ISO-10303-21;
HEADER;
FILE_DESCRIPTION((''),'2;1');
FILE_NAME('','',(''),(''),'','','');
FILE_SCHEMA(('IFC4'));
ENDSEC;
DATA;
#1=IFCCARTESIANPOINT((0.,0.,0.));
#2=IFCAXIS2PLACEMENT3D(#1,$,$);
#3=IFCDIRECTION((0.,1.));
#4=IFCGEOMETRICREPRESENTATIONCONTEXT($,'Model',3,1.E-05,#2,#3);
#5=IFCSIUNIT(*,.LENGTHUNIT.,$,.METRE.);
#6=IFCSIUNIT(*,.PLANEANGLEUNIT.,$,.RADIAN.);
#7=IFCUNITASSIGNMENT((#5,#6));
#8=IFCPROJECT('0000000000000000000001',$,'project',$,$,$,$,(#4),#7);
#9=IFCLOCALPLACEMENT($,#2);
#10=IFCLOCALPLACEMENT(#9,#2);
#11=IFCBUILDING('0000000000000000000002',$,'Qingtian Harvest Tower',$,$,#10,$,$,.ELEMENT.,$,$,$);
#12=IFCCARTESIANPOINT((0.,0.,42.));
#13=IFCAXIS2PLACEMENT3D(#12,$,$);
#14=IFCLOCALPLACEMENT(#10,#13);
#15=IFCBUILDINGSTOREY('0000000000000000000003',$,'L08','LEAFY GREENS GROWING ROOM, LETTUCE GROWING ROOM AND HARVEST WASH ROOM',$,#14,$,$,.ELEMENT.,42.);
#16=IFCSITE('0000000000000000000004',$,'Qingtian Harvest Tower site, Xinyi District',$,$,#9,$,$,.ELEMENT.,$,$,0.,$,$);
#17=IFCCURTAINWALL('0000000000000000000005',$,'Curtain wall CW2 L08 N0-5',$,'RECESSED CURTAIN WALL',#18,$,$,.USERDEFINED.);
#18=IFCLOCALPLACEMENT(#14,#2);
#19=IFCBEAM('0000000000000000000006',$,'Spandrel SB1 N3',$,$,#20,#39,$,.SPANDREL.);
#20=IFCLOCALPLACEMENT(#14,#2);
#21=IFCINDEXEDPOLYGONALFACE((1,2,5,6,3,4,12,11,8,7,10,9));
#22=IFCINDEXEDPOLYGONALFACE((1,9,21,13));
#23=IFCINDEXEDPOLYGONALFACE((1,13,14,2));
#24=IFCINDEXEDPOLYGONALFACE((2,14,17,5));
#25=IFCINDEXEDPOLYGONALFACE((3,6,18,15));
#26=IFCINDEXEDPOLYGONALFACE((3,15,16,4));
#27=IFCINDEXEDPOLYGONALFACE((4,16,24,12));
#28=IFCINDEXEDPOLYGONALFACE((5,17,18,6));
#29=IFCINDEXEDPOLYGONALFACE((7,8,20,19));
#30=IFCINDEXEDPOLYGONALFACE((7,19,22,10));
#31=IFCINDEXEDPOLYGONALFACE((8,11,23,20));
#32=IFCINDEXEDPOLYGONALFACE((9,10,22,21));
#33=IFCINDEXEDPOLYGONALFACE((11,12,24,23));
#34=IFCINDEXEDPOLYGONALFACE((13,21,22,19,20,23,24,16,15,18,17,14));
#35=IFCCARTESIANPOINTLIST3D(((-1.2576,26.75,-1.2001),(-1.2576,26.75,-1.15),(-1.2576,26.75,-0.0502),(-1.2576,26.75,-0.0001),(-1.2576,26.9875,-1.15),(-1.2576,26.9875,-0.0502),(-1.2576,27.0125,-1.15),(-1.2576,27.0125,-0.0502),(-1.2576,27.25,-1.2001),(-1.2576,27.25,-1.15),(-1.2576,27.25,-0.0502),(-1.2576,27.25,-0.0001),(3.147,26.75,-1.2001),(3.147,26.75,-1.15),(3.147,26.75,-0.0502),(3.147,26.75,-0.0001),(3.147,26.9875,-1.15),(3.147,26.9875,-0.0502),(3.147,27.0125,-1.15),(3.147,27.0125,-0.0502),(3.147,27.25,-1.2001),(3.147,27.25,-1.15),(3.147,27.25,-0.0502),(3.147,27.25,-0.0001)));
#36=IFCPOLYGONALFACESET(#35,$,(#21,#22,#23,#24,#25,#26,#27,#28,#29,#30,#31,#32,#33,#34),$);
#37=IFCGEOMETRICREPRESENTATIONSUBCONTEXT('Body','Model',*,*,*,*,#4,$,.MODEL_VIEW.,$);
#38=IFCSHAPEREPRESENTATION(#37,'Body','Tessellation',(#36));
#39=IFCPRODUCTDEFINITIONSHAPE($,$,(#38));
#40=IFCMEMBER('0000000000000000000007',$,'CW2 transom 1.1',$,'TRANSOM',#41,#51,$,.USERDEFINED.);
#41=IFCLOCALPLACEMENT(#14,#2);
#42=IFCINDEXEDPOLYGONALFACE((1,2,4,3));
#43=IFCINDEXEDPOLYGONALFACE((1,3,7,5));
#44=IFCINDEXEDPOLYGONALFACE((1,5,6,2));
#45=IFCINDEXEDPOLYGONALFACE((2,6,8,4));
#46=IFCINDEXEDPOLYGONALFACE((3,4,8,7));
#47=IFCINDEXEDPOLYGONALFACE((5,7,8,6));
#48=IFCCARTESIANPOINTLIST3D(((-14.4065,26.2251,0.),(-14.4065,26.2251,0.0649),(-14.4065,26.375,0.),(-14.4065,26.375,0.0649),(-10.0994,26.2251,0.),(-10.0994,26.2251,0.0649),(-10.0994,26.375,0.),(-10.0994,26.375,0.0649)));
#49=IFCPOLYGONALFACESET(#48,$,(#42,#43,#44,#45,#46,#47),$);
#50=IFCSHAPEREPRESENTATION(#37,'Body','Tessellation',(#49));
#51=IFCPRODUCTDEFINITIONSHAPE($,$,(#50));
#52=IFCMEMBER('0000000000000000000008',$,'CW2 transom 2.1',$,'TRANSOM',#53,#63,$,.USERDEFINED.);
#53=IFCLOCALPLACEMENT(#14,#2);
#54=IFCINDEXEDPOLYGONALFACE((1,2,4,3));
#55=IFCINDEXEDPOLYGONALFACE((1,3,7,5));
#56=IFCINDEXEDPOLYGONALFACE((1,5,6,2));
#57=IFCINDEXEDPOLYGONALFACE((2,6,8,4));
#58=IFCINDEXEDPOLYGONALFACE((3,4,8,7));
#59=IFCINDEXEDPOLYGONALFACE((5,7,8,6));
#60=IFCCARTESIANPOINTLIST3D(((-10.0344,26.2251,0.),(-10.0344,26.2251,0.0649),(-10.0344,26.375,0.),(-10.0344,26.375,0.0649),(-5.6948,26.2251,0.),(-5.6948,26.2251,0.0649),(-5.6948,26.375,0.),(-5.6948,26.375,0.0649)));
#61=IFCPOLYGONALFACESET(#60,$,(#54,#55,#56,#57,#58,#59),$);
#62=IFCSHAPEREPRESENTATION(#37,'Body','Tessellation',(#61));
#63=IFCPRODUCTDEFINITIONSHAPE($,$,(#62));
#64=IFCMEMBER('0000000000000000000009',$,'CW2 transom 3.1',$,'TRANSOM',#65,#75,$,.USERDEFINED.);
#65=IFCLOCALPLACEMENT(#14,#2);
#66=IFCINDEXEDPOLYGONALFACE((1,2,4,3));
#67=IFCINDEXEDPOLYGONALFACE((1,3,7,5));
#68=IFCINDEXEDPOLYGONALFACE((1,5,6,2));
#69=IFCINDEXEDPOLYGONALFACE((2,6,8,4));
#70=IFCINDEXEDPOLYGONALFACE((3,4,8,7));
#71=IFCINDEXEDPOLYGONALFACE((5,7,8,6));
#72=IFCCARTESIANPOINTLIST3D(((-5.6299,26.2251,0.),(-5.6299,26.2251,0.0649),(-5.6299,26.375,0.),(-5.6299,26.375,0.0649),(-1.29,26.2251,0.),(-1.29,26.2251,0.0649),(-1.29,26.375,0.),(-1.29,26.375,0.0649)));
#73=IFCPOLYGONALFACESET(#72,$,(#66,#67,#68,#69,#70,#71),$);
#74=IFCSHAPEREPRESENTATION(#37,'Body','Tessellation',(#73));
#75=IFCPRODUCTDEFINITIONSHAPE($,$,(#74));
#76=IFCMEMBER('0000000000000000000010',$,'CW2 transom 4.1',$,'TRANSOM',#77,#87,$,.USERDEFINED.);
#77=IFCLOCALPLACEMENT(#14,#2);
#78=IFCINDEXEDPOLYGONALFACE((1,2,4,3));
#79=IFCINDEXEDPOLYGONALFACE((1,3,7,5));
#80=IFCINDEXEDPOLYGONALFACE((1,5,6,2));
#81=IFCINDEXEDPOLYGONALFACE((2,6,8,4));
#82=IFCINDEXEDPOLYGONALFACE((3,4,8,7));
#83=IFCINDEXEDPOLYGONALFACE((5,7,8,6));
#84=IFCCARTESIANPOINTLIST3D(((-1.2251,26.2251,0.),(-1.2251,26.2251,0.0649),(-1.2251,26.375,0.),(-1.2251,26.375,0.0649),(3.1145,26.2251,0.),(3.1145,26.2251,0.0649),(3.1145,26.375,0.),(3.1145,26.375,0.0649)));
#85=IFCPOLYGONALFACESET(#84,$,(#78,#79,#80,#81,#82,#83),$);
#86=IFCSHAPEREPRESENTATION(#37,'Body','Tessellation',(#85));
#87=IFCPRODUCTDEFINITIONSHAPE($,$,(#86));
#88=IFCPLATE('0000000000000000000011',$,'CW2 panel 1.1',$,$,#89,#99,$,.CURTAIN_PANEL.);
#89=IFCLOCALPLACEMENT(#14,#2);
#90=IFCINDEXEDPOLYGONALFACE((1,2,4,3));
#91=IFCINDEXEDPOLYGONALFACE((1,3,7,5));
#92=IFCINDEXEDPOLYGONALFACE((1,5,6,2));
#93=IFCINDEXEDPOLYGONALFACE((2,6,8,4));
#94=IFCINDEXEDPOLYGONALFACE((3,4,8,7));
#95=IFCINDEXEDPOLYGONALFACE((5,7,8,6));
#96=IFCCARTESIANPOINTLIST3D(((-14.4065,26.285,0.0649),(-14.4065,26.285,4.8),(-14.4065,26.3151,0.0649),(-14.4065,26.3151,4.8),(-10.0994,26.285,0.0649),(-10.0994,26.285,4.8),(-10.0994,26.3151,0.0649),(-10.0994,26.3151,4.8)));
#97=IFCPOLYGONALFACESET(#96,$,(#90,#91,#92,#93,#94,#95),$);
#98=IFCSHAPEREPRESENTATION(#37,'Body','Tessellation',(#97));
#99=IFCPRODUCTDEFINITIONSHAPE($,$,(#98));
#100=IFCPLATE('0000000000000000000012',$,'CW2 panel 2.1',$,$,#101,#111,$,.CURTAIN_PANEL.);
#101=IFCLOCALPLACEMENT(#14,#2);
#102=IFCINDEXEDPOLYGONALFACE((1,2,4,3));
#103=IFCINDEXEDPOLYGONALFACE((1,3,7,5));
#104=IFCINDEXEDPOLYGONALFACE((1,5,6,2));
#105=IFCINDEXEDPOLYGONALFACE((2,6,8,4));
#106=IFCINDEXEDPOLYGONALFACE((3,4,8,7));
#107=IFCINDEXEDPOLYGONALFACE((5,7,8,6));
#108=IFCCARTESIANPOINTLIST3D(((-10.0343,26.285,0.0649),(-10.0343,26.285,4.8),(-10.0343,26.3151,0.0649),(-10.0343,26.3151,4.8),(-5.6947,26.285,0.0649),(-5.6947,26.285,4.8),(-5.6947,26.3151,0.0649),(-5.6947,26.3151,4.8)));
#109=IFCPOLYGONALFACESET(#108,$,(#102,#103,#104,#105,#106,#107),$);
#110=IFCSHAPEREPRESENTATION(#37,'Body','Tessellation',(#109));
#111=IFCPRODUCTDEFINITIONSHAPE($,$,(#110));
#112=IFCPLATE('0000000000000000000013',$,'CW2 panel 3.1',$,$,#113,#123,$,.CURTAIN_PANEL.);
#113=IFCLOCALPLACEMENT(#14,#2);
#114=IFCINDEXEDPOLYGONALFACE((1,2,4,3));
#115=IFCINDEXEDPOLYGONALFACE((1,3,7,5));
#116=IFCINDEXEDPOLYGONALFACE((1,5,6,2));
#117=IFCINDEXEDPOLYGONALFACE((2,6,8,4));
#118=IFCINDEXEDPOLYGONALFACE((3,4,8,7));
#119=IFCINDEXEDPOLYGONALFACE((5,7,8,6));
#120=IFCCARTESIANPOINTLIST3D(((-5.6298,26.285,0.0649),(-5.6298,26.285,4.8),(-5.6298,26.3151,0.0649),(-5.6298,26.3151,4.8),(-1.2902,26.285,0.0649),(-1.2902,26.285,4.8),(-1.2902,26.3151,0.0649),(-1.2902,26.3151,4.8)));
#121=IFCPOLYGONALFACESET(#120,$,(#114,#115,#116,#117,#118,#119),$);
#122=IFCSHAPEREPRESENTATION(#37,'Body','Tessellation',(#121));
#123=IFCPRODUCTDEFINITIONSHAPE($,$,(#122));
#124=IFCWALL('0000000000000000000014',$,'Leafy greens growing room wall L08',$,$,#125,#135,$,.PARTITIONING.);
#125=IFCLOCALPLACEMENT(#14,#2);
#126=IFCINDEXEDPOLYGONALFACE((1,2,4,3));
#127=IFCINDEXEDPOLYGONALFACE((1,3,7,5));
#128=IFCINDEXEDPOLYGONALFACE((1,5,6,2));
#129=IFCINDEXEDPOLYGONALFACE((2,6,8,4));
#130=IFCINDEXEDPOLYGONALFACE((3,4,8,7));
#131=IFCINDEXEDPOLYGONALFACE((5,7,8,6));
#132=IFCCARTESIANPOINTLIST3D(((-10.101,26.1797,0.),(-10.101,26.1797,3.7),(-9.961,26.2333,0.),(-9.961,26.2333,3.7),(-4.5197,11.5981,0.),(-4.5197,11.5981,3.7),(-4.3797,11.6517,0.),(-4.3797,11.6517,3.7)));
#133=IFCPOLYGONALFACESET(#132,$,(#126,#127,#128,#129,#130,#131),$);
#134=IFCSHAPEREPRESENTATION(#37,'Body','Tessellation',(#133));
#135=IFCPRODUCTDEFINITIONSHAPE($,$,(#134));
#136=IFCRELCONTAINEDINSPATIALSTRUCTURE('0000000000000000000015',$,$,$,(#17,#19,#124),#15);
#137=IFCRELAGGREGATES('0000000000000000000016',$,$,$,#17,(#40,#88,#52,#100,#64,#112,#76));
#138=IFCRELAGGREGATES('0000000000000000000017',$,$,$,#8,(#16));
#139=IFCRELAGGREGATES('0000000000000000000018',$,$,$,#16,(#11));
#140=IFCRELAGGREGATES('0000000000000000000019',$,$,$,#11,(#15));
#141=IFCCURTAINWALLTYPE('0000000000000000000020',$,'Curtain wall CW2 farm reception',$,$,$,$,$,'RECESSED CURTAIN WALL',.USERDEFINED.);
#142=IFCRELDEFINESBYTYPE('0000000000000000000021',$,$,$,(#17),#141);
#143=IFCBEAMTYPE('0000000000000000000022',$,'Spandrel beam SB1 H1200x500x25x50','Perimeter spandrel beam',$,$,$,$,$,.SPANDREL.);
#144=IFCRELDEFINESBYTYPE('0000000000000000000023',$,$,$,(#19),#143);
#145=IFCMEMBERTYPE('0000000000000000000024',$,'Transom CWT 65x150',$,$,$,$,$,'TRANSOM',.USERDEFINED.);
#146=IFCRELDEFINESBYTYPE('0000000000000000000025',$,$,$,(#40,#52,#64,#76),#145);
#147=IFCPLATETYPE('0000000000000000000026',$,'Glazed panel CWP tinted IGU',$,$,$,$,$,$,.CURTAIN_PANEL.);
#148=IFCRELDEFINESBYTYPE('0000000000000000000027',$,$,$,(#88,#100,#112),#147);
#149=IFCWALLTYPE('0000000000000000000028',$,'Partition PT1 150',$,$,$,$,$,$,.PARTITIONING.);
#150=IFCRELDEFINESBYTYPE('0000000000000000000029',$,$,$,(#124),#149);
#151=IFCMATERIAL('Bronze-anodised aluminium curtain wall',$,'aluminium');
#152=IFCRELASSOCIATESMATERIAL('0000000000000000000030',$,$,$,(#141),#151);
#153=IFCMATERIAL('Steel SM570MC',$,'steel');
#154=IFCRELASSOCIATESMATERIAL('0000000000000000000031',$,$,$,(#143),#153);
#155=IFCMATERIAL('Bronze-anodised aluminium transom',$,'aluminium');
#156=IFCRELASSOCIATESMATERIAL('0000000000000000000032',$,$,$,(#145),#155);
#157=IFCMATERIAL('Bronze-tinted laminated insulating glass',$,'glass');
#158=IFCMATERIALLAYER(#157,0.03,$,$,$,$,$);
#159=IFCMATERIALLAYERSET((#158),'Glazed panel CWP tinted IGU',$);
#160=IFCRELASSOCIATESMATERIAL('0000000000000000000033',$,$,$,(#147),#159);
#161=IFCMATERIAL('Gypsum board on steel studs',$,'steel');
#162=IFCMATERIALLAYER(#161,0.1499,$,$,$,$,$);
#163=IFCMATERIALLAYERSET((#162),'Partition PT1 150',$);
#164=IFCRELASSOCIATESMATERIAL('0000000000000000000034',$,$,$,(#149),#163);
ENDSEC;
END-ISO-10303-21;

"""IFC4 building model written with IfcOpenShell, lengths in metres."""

from ifc_helpers import new_model, si_unit, direction, frame, frame_2d, origin, origin_2d, place, context, subcontext, project, spatial, rectangle, i_section, extrude, material, layer, layer_set, material_profile, profile_set, type_object, element, aggregate, save


model = new_model("IFC4")

# Units and contexts
model_context = context("Model", 3, precision=1e-05, world=origin(), true_north=direction((0.0, 1.0)))
body_context = subcontext(model_context, "Body", "Model", "MODEL_VIEW")
ifc_project = project(units=[si_unit("LENGTHUNIT", "METRE"), si_unit("PLANEANGLEUNIT", "RADIAN")], contexts=[model_context])

# Site, building, storey
site_placement = place(None, origin())
site = spatial("IfcSite", under=ifc_project, at=site_placement, Name="Qingtian Harvest Tower site, Xinyi District", CompositionType="ELEMENT", RefElevation=0.0)
building_placement = place(site_placement, origin())
building = spatial("IfcBuilding", under=site, at=building_placement, Name="Qingtian Harvest Tower", CompositionType="ELEMENT")
storey_placement = place(building_placement, frame((0.0, 0.0, 42.0)))
storey = spatial("IfcBuildingStorey", under=building, at=storey_placement, Name="L08", Description="LEAFY GREENS GROWING ROOM, LETTUCE GROWING ROOM AND HARVEST WASH ROOM", CompositionType="ELEMENT", Elevation=42.0)

# Curtain wall
ifc_material_1 = material(Name="Bronze-anodised aluminium curtain wall", Category="aluminium")
curtain_wall_type = type_object("IfcCurtainWallType", Name="Curtain wall CW2 farm reception", ElementType="RECESSED CURTAIN WALL", PredefinedType="USERDEFINED", material=ifc_material_1)
curtain_wall_1_placement = place(storey_placement, origin())
curtain_wall_1 = element("IfcCurtainWall", 1, at=curtain_wall_1_placement, inside=storey, type_object=curtain_wall_type, Name="Curtain wall CW2 L08 N0-5", ObjectType="RECESSED CURTAIN WALL", PredefinedType="USERDEFINED")

# Beam
ifc_material_2 = material(Name="Steel SM570MC", Category="steel")
ifc_material_profile_1 = material_profile(ifc_material_2, i_section(OverallWidth=0.5, OverallDepth=1.2, WebThickness=0.0249, FlangeThickness=0.05, at=origin_2d()), Name="H1200x500x25x50")
ifc_profile_set_1 = profile_set([ifc_material_profile_1], Name="Steel SM570MC")
beam_type_1 = type_object("IfcBeamType", Name="Spandrel beam SB1 H1200x500x25x50", Description="Perimeter spandrel beam", PredefinedType="SPANDREL", material=ifc_profile_set_1)
beam_1_placement = place(storey_placement, frame((-1.2576, 27.0, -0.6001), z_axis=(1.0, 0.0, 0.0), x_axis=(0.0, 1.0, 0.0)))
element("IfcBeam", 2, at=beam_1_placement, inside=storey, type_object=beam_type_1, Name="Spandrel SB1 N3", PredefinedType="SPANDREL", context=body_context, shape_type="SweptSolid", body=[
    extrude(i_section(OverallWidth=0.5, OverallDepth=1.2, WebThickness=0.0249, FlangeThickness=0.05, at=origin_2d()), origin(), (0.0, 0.0, 1.0), 4.4045),
])

# Members
ifc_material_3 = material(Name="Bronze-anodised aluminium transom", Category="aluminium")
ifc_material_profile_2 = material_profile(ifc_material_3, rectangle(XDim=0.1499, YDim=0.0649, at=origin_2d()), Name="AL 65x150")
ifc_profile_set_2 = profile_set([ifc_material_profile_2], Name="Bronze-anodised aluminium transom")
member_type_1 = type_object("IfcMemberType", Name="Transom CWT 65x150", ElementType="TRANSOM", PredefinedType="USERDEFINED", material=ifc_profile_set_2)
member_1_placement = place(storey_placement, frame((-14.4065, 26.3, 0.0325), z_axis=(1.0, 0.0, 0.0), x_axis=(0.0, 1.0, 0.0)))
member_1 = element("IfcMember", 3, at=member_1_placement, type_object=member_type_1, Name="CW2 transom 1.1", ObjectType="TRANSOM", PredefinedType="USERDEFINED", context=body_context, shape_type="SweptSolid", body=[
    extrude(rectangle(XDim=0.1499, YDim=0.0649, at=origin_2d()), origin(), (0.0, 0.0, 1.0), 4.3071),
])
member_2_placement = place(storey_placement, frame((-10.0344, 26.3, 0.0325), z_axis=(1.0, 0.0, 0.0), x_axis=(0.0, 1.0, 0.0)))
member_2 = element("IfcMember", 4, at=member_2_placement, type_object=member_type_1, Name="CW2 transom 2.1", ObjectType="TRANSOM", PredefinedType="USERDEFINED", context=body_context, shape_type="SweptSolid", body=[
    extrude(rectangle(XDim=0.1499, YDim=0.0649, at=origin_2d()), origin(), (0.0, 0.0, 1.0), 4.3396),
])
member_3_placement = place(storey_placement, frame((-5.6299, 26.3, 0.0325), z_axis=(1.0, 0.0, 0.0), x_axis=(0.0, 1.0, 0.0)))
member_3 = element("IfcMember", 5, at=member_3_placement, type_object=member_type_1, Name="CW2 transom 3.1", ObjectType="TRANSOM", PredefinedType="USERDEFINED", context=body_context, shape_type="SweptSolid", body=[
    extrude(rectangle(XDim=0.1499, YDim=0.0649, at=origin_2d()), origin(), (0.0, 0.0, 1.0), 4.3398),
])
member_4_placement = place(storey_placement, frame((-1.2251, 26.3, 0.0325), z_axis=(1.0, 0.0, 0.0), x_axis=(0.0, 1.0, 0.0)))
member_4 = element("IfcMember", 6, at=member_4_placement, type_object=member_type_1, Name="CW2 transom 4.1", ObjectType="TRANSOM", PredefinedType="USERDEFINED", context=body_context, shape_type="SweptSolid", body=[
    extrude(rectangle(XDim=0.1499, YDim=0.0649, at=origin_2d()), origin(), (0.0, 0.0, 1.0), 4.3396),
])

# Plates
ifc_material_4 = material(Name="Bronze-tinted laminated insulating glass", Category="glass")
ifc_layer_1 = layer(ifc_material_4, 0.03)
ifc_layer_set_1 = layer_set([ifc_layer_1], Name="Glazed panel CWP tinted IGU")
plate_type = type_object("IfcPlateType", Name="Glazed panel CWP tinted IGU", PredefinedType="CURTAIN_PANEL", material=ifc_layer_set_1)
plate_1_placement = place(storey_placement, frame((-12.2529, 26.3, 0.0649), z_axis=(0.0, 0.0, 1.0), x_axis=(1.0, 0.0, 0.0)))
plate_1 = element("IfcPlate", 7, at=plate_1_placement, type_object=plate_type, Name="CW2 panel 1.1", PredefinedType="CURTAIN_PANEL", context=body_context, shape_type="SweptSolid", body=[
    extrude(rectangle(XDim=4.3071, YDim=0.03, at=origin_2d()), origin(), (0.0, 0.0, 1.0), 4.7351),
])
plate_2_placement = place(storey_placement, frame((-7.8645, 26.3, 0.0649), z_axis=(0.0, 0.0, 1.0), x_axis=(1.0, 0.0, 0.0)))
plate_2 = element("IfcPlate", 8, at=plate_2_placement, type_object=plate_type, Name="CW2 panel 2.1", PredefinedType="CURTAIN_PANEL", context=body_context, shape_type="SweptSolid", body=[
    extrude(rectangle(XDim=4.3396, YDim=0.03, at=origin_2d()), origin(), (0.0, 0.0, 1.0), 4.7351),
])
plate_3_placement = place(storey_placement, frame((-3.46, 26.3, 0.0649), z_axis=(0.0, 0.0, 1.0), x_axis=(1.0, 0.0, 0.0)))
plate_3 = element("IfcPlate", 9, at=plate_3_placement, type_object=plate_type, Name="CW2 panel 3.1", PredefinedType="CURTAIN_PANEL", context=body_context, shape_type="SweptSolid", body=[
    extrude(rectangle(XDim=4.3396, YDim=0.03, at=origin_2d()), origin(), (0.0, 0.0, 1.0), 4.7351),
])
aggregate(curtain_wall_1, [member_1, plate_1, member_2, plate_2, member_3, plate_3, member_4])

# Wall
ifc_material_5 = material(Name="Gypsum board on steel studs", Category="steel")
ifc_layer_2 = layer(ifc_material_5, 0.1499)
ifc_layer_set_2 = layer_set([ifc_layer_2], Name="Partition PT1 150")
wall_type = type_object("IfcWallType", Name="Partition PT1 150", PredefinedType="PARTITIONING", material=ifc_layer_set_2)
wall_1_placement = place(storey_placement, frame((-10.031, 26.2065, 0.0), z_axis=(0.0, 0.0, 1.0), x_axis=(0.357473, -0.933924, 0.0)))
element("IfcWall", 10, at=wall_1_placement, inside=storey, type_object=wall_type, Name="Leafy greens growing room wall L08", PredefinedType="PARTITIONING", context=body_context, shape_type="SweptSolid", body=[
    extrude(rectangle(XDim=15.6133, YDim=0.1499, at=frame_2d((7.8066, 0.0))), origin(), (0.0, 0.0, 1.0), 3.7),
])

save(model, "model.ifc")
